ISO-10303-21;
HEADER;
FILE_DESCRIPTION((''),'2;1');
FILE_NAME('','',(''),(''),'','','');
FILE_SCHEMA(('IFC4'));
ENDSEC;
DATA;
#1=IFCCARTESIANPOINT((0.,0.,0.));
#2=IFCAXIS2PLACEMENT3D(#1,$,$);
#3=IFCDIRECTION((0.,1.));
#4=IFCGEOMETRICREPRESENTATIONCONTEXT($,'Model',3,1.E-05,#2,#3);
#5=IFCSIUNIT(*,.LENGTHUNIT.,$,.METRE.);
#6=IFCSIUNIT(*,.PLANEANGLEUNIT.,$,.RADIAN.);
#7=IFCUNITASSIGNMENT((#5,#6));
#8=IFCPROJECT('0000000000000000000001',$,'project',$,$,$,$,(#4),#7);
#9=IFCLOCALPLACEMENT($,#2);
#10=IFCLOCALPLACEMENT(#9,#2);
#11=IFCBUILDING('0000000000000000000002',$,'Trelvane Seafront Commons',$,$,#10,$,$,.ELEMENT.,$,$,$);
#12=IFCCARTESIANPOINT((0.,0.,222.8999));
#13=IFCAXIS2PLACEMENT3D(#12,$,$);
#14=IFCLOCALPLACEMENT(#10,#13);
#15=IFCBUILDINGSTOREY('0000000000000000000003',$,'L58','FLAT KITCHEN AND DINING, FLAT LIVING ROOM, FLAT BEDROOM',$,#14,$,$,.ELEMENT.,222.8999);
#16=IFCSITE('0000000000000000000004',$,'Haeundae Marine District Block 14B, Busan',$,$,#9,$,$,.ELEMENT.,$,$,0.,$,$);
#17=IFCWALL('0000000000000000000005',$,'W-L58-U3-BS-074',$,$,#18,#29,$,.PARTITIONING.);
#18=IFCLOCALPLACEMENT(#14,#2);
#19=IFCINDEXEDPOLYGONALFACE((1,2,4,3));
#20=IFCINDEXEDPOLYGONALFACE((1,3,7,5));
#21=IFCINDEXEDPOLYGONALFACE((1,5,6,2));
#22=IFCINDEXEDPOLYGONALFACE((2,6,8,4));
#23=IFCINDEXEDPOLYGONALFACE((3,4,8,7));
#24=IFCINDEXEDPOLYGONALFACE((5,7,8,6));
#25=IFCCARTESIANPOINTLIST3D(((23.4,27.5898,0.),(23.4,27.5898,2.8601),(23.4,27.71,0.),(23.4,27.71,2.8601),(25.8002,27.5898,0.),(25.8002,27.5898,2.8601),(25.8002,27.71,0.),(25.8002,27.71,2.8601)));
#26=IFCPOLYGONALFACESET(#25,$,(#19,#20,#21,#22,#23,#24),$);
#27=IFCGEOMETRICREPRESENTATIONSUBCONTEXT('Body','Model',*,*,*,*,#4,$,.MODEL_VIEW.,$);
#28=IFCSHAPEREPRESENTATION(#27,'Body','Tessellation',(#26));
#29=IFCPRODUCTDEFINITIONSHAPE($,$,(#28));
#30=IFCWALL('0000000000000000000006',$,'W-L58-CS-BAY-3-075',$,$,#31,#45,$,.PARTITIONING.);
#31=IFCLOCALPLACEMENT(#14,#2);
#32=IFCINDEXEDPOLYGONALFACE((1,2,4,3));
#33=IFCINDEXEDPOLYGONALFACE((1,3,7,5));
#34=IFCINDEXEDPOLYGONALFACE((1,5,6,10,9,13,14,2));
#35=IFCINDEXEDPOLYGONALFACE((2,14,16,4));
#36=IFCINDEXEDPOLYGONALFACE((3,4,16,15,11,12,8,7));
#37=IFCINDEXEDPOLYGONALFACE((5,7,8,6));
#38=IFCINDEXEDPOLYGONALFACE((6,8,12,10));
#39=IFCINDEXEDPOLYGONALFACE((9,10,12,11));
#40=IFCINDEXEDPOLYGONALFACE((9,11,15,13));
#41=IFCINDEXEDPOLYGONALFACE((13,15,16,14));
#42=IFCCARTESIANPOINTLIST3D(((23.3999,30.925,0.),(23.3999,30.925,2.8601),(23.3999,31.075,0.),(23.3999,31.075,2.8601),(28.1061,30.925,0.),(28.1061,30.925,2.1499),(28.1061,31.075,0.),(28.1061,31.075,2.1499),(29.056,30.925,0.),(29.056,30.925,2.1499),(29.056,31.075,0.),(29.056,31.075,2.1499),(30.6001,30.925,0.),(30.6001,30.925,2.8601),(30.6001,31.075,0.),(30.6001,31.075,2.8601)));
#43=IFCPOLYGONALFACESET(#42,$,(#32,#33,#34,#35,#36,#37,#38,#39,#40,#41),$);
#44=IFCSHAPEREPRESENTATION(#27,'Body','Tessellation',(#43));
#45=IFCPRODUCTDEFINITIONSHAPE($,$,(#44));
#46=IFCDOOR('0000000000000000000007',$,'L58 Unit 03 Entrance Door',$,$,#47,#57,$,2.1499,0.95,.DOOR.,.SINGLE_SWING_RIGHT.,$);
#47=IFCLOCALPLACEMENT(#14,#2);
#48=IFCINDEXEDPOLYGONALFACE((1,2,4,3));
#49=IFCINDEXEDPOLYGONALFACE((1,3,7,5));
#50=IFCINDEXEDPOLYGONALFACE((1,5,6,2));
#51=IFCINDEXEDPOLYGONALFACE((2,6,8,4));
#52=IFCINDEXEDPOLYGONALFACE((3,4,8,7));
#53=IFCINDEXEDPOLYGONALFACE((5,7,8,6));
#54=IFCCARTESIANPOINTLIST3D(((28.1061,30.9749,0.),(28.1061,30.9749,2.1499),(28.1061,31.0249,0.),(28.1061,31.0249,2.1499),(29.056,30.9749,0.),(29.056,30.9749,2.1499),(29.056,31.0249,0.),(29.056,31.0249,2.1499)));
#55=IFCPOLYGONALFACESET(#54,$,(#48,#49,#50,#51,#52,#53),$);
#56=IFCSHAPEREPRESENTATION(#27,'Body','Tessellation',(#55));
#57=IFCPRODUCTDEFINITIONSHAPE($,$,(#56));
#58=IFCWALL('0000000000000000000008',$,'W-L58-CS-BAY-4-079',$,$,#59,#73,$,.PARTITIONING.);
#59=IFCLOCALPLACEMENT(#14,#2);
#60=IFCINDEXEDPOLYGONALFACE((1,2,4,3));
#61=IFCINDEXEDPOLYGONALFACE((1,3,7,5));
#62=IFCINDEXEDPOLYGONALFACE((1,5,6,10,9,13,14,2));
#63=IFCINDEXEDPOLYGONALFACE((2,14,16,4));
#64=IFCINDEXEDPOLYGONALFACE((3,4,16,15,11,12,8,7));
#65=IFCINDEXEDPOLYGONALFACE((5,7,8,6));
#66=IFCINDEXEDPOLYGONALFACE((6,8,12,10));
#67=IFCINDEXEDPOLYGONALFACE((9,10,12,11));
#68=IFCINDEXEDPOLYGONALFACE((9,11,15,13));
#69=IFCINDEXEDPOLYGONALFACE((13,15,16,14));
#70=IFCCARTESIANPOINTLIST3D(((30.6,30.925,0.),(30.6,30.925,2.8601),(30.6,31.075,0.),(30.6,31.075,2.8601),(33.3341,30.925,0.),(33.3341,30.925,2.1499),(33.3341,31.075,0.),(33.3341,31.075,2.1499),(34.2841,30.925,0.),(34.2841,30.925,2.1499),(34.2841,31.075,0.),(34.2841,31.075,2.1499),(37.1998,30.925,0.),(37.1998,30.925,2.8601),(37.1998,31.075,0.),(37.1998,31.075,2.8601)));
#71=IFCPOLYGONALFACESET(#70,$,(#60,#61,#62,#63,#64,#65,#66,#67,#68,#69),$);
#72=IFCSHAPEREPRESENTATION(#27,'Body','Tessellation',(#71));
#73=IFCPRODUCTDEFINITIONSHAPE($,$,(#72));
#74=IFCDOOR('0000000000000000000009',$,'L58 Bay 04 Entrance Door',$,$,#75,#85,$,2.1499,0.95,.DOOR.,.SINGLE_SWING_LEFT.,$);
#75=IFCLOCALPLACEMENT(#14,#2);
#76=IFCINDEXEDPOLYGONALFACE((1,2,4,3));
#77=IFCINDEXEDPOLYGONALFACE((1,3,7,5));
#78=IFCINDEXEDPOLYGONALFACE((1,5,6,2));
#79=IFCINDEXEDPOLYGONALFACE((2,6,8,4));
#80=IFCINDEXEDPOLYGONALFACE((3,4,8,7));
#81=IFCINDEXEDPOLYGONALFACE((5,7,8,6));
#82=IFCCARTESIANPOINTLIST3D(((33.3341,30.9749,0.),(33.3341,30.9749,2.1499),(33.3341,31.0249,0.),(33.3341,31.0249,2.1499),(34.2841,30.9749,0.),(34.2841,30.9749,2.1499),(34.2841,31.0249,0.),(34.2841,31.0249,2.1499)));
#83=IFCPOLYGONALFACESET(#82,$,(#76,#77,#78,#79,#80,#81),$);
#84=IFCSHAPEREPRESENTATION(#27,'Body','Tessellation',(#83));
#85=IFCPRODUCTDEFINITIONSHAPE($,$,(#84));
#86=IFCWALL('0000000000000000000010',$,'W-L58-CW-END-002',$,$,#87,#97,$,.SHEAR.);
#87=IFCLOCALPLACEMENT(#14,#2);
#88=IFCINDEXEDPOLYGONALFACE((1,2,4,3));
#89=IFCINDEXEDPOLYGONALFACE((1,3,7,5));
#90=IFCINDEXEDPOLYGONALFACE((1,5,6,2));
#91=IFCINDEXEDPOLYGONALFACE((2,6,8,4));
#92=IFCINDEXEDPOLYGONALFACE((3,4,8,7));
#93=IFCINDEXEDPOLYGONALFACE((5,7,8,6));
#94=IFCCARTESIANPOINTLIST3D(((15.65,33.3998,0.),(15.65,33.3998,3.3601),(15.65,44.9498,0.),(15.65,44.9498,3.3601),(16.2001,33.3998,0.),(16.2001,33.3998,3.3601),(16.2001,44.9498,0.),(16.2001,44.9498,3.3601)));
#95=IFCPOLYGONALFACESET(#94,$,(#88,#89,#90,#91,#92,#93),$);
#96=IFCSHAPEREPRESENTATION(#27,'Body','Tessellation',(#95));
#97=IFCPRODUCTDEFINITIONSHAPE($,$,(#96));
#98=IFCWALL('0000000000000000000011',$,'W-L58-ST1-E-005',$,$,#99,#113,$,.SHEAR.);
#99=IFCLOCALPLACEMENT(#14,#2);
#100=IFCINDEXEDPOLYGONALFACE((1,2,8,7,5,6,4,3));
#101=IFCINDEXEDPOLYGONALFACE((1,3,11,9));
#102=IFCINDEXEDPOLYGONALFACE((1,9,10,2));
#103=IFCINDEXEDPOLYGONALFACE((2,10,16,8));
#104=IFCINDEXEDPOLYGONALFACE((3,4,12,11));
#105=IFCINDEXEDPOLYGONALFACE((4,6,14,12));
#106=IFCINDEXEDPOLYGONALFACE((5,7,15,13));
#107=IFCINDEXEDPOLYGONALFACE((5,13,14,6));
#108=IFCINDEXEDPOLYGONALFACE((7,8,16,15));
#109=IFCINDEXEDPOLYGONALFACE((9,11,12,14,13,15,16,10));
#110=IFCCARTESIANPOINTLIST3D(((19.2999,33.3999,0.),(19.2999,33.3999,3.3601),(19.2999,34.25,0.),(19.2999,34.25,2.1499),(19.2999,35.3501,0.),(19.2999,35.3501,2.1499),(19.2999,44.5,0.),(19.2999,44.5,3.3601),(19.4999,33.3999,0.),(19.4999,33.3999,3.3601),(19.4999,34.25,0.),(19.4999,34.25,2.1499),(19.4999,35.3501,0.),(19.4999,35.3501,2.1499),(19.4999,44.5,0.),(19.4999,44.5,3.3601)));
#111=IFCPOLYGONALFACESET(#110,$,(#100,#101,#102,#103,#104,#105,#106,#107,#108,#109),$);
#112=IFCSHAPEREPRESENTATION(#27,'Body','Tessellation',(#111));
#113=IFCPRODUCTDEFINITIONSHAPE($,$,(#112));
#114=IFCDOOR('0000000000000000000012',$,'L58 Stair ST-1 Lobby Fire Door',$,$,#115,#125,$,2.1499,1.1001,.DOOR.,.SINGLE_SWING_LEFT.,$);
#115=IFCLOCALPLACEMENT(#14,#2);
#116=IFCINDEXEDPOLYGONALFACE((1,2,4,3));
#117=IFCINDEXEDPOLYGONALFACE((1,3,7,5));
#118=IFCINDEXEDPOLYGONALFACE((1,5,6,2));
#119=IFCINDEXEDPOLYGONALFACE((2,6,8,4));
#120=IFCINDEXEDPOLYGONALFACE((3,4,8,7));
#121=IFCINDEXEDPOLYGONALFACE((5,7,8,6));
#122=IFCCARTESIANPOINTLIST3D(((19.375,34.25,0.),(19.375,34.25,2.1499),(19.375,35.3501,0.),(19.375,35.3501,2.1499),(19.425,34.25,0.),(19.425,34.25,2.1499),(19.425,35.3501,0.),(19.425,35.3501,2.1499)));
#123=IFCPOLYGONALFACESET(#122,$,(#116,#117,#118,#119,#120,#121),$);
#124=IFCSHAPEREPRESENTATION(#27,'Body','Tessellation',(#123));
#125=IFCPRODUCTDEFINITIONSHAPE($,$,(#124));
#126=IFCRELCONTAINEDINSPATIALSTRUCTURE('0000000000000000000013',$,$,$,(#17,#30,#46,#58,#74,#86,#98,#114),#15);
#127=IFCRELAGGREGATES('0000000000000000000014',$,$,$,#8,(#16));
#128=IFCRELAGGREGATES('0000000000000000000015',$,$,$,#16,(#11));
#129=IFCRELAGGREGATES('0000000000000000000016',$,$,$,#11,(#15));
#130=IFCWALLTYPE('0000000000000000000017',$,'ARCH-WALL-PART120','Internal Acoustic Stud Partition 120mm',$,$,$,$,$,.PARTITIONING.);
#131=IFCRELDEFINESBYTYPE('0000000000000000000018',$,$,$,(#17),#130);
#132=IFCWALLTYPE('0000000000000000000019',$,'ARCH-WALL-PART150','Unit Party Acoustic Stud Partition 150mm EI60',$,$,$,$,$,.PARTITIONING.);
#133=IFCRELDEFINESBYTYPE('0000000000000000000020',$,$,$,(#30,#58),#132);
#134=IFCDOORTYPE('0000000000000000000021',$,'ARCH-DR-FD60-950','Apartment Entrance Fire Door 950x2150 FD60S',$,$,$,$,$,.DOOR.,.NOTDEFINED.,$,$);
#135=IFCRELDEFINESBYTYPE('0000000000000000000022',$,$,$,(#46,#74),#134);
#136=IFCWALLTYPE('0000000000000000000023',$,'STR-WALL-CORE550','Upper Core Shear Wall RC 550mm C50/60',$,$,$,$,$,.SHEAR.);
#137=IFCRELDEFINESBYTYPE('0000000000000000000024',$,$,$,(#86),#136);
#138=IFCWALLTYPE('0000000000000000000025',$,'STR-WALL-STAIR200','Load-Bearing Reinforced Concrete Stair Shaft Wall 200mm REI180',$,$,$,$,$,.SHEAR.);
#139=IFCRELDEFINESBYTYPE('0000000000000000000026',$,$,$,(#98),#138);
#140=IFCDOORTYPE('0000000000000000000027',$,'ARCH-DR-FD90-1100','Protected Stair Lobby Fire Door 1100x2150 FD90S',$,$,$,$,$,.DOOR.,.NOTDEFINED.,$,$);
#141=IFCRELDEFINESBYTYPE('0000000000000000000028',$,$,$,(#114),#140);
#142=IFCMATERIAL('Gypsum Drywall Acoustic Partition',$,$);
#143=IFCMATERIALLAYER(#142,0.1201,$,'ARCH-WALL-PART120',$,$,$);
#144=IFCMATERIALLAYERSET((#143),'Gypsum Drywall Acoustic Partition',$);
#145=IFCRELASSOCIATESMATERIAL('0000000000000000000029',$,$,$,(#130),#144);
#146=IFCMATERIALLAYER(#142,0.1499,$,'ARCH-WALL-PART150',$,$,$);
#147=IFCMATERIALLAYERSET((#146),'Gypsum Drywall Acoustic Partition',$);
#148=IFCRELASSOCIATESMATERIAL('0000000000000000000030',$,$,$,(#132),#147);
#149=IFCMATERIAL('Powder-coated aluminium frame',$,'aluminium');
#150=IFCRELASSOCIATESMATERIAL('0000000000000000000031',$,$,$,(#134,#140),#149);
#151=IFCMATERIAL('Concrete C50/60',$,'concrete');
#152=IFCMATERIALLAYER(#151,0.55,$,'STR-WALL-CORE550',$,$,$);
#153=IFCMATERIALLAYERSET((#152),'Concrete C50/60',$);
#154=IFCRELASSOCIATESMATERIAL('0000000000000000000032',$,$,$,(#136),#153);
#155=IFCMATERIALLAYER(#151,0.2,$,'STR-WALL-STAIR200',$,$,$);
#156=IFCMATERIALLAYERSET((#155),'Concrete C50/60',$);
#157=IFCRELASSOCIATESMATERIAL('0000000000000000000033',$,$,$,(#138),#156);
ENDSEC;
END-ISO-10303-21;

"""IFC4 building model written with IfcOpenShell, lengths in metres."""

from ifc_helpers import new_model, si_unit, direction, frame, frame_2d, origin, place, context, subcontext, project, spatial, rectangle, extrude, source, transform, mapped, material, layer, layer_set, type_object, element, fill, save


model = new_model("IFC4")

# Units and contexts
model_context = context("Model", 3, precision=1e-05, world=origin(), true_north=direction((0.0, 1.0)))
body_context = subcontext(model_context, "Body", "Model", "MODEL_VIEW")
ifc_project = project(units=[si_unit("LENGTHUNIT", "METRE"), si_unit("PLANEANGLEUNIT", "RADIAN")], contexts=[model_context])

# Site, building, storey
site_placement = place(None, origin())
site = spatial("IfcSite", under=ifc_project, at=site_placement, Name="Haeundae Marine District Block 14B, Busan", CompositionType="ELEMENT", RefElevation=0.0)
building_placement = place(site_placement, origin())
building = spatial("IfcBuilding", under=site, at=building_placement, Name="Trelvane Seafront Commons", CompositionType="ELEMENT")
storey_placement = place(building_placement, frame((0.0, 0.0, 222.8999)))
storey = spatial("IfcBuildingStorey", under=building, at=storey_placement, Name="L58", Description="FLAT KITCHEN AND DINING, FLAT LIVING ROOM, FLAT BEDROOM", CompositionType="ELEMENT", Elevation=222.8999)

# Shared definitions
ifc_material_1 = material(Name="Concrete C50/60", Category="concrete")

# Shared definitions
ifc_material_2 = material(Name="Powder-coated aluminium frame", Category="aluminium")
shared_shape_1 = source(origin(), body_context, "Body", "SweptSolid", [
    extrude(rectangle(XDim=0.95, YDim=2.1499, at=frame_2d((0.4751, 1.075))), frame((0.0, 0.0249, 0.0), z_axis=(0.0, -1.0, 0.0), x_axis=(1.0, 0.0, 0.0)), (0.0, 0.0, 1.0), 0.05),
])
ifc_material_3 = material(Name="Gypsum Drywall Acoustic Partition")
ifc_layer_1 = layer(ifc_material_3, 0.1201, Name="ARCH-WALL-PART120")
ifc_layer_set_1 = layer_set([ifc_layer_1], Name="Gypsum Drywall Acoustic Partition")
wall_type_1 = type_object("IfcWallType", Name="ARCH-WALL-PART120", Description="Internal Acoustic Stud Partition 120mm", PredefinedType="PARTITIONING", material=ifc_layer_set_1)

# Wall
wall_1_placement = place(storey_placement, frame((23.3999, 27.6499, 0.0), z_axis=(0.0, 0.0, 1.0), x_axis=(1.0, 0.0, 0.0)))
element("IfcWall", 1, at=wall_1_placement, inside=storey, type_object=wall_type_1, Name="W-L58-U3-BS-074", PredefinedType="PARTITIONING", context=body_context, shape_type="SweptSolid", body=[
    extrude(rectangle(XDim=2.4001, YDim=0.1201, at=frame_2d((1.2002, 0.0))), origin(), (0.0, 0.0, 1.0), 2.8601),
])

# Walls, openings, doors
ifc_layer_2 = layer(ifc_material_3, 0.1499, Name="ARCH-WALL-PART150")
ifc_layer_set_2 = layer_set([ifc_layer_2], Name="Gypsum Drywall Acoustic Partition")
wall_type_2 = type_object("IfcWallType", Name="ARCH-WALL-PART150", Description="Unit Party Acoustic Stud Partition 150mm EI60", PredefinedType="PARTITIONING", material=ifc_layer_set_2)
wall_2_placement = place(storey_placement, frame((23.3999, 31.0, 0.0), z_axis=(0.0, 0.0, 1.0), x_axis=(1.0, 0.0, 0.0)))
wall_2 = element("IfcWall", 2, at=wall_2_placement, inside=storey, type_object=wall_type_2, Name="W-L58-CS-BAY-3-075", PredefinedType="PARTITIONING", context=body_context, shape_type="SweptSolid", body=[
    extrude(rectangle(XDim=7.2002, YDim=0.1499, at=frame_2d((3.6001, 0.0))), origin(), (0.0, 0.0, 1.0), 2.8601),
])
opening_1_placement = place(wall_2_placement, frame((4.7061, 0.0, 0.0)))
opening_1 = element("IfcOpeningElement", 3, at=opening_1_placement, cuts=wall_2, PredefinedType="OPENING", context=body_context, shape_type="SweptSolid", body=[
    extrude(rectangle(XDim=0.95, YDim=2.1499, at=frame_2d((0.4751, 1.075))), frame((0.0, 0.085, 0.0), z_axis=(0.0, -1.0, 0.0), x_axis=(1.0, 0.0, 0.0)), (0.0, 0.0, 1.0), 0.1699),
])
door_type_1 = type_object("IfcDoorType", Name="ARCH-DR-FD60-950", Description="Apartment Entrance Fire Door 950x2150 FD60S", OperationType="NOTDEFINED", PredefinedType="DOOR", material=ifc_material_2)
door_1_placement = place(opening_1_placement, origin())
door_1 = element("IfcDoor", 4, at=door_1_placement, inside=storey, type_object=door_type_1, Name="L58 Unit 03 Entrance Door", OperationType="SINGLE_SWING_RIGHT", OverallHeight=2.1499, OverallWidth=0.95, PredefinedType="DOOR", context=body_context, shape_type="MappedRepresentation", body=[
    mapped(shared_shape_1, transform((0.0, 0.0, 0.0), x_axis=(1.0, 0.0, 0.0), y_axis=(0.0, 1.0, 0.0), z_axis=(0.0, 0.0, 1.0), scale=1.0)),
])
fill(opening_1, door_1)
wall_3_placement = place(storey_placement, frame((30.6001, 31.0, 0.0), z_axis=(0.0, 0.0, 1.0), x_axis=(1.0, 0.0, 0.0)))
wall_3 = element("IfcWall", 5, at=wall_3_placement, inside=storey, type_object=wall_type_2, Name="W-L58-CS-BAY-4-079", PredefinedType="PARTITIONING", context=body_context, shape_type="SweptSolid", body=[
    extrude(rectangle(XDim=6.5999, YDim=0.1499, at=frame_2d((3.2998, 0.0))), origin(), (0.0, 0.0, 1.0), 2.8601),
])
opening_2_placement = place(wall_3_placement, frame((2.7339, 0.0, 0.0)))
opening_2 = element("IfcOpeningElement", 6, at=opening_2_placement, cuts=wall_3, PredefinedType="OPENING", context=body_context, shape_type="SweptSolid", body=[
    extrude(rectangle(XDim=0.95, YDim=2.1499, at=frame_2d((0.4751, 1.075))), frame((0.0, 0.085, 0.0), z_axis=(0.0, -1.0, 0.0), x_axis=(1.0, 0.0, 0.0)), (0.0, 0.0, 1.0), 0.1699),
])
door_2_placement = place(opening_2_placement, origin())
door_2 = element("IfcDoor", 7, at=door_2_placement, inside=storey, type_object=door_type_1, Name="L58 Bay 04 Entrance Door", OperationType="SINGLE_SWING_LEFT", OverallHeight=2.1499, OverallWidth=0.95, PredefinedType="DOOR", context=body_context, shape_type="MappedRepresentation", body=[
    mapped(shared_shape_1, transform((0.0, 0.0, 0.0), x_axis=(1.0, 0.0, 0.0), y_axis=(0.0, 1.0, 0.0), z_axis=(0.0, 0.0, 1.0), scale=1.0)),
])
fill(opening_2, door_2)

# Wall
ifc_layer_3 = layer(ifc_material_1, 0.55, Name="STR-WALL-CORE550")
ifc_layer_set_3 = layer_set([ifc_layer_3], Name="Concrete C50/60")
wall_type_3 = type_object("IfcWallType", Name="STR-WALL-CORE550", Description="Upper Core Shear Wall RC 550mm C50/60", PredefinedType="SHEAR", material=ifc_layer_set_3)
wall_4_placement = place(storey_placement, frame((15.925, 33.3999, 0.0), z_axis=(0.0, 0.0, 1.0), x_axis=(0.0, 1.0, 0.0)))
element("IfcWall", 8, at=wall_4_placement, inside=storey, type_object=wall_type_3, Name="W-L58-CW-END-002", PredefinedType="SHEAR", context=body_context, shape_type="SweptSolid", body=[
    extrude(rectangle(XDim=11.55, YDim=0.55, at=frame_2d((5.7749, 0.0))), origin(), (0.0, 0.0, 1.0), 3.3601),
])

# Wall, opening, door
ifc_layer_4 = layer(ifc_material_1, 0.2, Name="STR-WALL-STAIR200")
ifc_layer_set_4 = layer_set([ifc_layer_4], Name="Concrete C50/60")
wall_type_4 = type_object("IfcWallType", Name="STR-WALL-STAIR200", Description="Load-Bearing Reinforced Concrete Stair Shaft Wall 200mm REI180", PredefinedType="SHEAR", material=ifc_layer_set_4)
wall_5_placement = place(storey_placement, frame((19.3999, 33.3999, 0.0), z_axis=(0.0, 0.0, 1.0), x_axis=(0.0, 1.0, 0.0)))
wall_5 = element("IfcWall", 9, at=wall_5_placement, inside=storey, type_object=wall_type_4, Name="W-L58-ST1-E-005", PredefinedType="SHEAR", context=body_context, shape_type="SweptSolid", body=[
    extrude(rectangle(XDim=11.1001, YDim=0.2, at=frame_2d((5.55, 0.0))), origin(), (0.0, 0.0, 1.0), 3.3601),
])
opening_3_placement = place(wall_5_placement, frame((0.8501, 0.0, 0.0)))
opening_3 = element("IfcOpeningElement", 10, at=opening_3_placement, cuts=wall_5, PredefinedType="OPENING", context=body_context, shape_type="SweptSolid", body=[
    extrude(rectangle(XDim=1.1001, YDim=2.1499, at=frame_2d((0.55, 1.075))), frame((0.0, 0.1099, 0.0), z_axis=(0.0, -1.0, 0.0), x_axis=(1.0, 0.0, 0.0)), (0.0, 0.0, 1.0), 0.22),
])
door_type_2 = type_object("IfcDoorType", Name="ARCH-DR-FD90-1100", Description="Protected Stair Lobby Fire Door 1100x2150 FD90S", OperationType="NOTDEFINED", PredefinedType="DOOR", material=ifc_material_2)
shared_shape_2 = source(origin(), body_context, "Body", "SweptSolid", [
    extrude(rectangle(XDim=1.1001, YDim=2.1499, at=frame_2d((0.55, 1.075))), frame((0.0, 0.0249, 0.0), z_axis=(0.0, -1.0, 0.0), x_axis=(1.0, 0.0, 0.0)), (0.0, 0.0, 1.0), 0.05),
])
door_3_placement = place(opening_3_placement, origin())
door_3 = element("IfcDoor", 11, at=door_3_placement, inside=storey, type_object=door_type_2, Name="L58 Stair ST-1 Lobby Fire Door", OperationType="SINGLE_SWING_LEFT", OverallHeight=2.1499, OverallWidth=1.1001, PredefinedType="DOOR", context=body_context, shape_type="MappedRepresentation", body=[
    mapped(shared_shape_2, transform((0.0, 0.0, 0.0), x_axis=(1.0, 0.0, 0.0), y_axis=(0.0, 1.0, 0.0), z_axis=(0.0, 0.0, 1.0), scale=1.0)),
])
fill(opening_3, door_3)

save(model, "model.ifc")
